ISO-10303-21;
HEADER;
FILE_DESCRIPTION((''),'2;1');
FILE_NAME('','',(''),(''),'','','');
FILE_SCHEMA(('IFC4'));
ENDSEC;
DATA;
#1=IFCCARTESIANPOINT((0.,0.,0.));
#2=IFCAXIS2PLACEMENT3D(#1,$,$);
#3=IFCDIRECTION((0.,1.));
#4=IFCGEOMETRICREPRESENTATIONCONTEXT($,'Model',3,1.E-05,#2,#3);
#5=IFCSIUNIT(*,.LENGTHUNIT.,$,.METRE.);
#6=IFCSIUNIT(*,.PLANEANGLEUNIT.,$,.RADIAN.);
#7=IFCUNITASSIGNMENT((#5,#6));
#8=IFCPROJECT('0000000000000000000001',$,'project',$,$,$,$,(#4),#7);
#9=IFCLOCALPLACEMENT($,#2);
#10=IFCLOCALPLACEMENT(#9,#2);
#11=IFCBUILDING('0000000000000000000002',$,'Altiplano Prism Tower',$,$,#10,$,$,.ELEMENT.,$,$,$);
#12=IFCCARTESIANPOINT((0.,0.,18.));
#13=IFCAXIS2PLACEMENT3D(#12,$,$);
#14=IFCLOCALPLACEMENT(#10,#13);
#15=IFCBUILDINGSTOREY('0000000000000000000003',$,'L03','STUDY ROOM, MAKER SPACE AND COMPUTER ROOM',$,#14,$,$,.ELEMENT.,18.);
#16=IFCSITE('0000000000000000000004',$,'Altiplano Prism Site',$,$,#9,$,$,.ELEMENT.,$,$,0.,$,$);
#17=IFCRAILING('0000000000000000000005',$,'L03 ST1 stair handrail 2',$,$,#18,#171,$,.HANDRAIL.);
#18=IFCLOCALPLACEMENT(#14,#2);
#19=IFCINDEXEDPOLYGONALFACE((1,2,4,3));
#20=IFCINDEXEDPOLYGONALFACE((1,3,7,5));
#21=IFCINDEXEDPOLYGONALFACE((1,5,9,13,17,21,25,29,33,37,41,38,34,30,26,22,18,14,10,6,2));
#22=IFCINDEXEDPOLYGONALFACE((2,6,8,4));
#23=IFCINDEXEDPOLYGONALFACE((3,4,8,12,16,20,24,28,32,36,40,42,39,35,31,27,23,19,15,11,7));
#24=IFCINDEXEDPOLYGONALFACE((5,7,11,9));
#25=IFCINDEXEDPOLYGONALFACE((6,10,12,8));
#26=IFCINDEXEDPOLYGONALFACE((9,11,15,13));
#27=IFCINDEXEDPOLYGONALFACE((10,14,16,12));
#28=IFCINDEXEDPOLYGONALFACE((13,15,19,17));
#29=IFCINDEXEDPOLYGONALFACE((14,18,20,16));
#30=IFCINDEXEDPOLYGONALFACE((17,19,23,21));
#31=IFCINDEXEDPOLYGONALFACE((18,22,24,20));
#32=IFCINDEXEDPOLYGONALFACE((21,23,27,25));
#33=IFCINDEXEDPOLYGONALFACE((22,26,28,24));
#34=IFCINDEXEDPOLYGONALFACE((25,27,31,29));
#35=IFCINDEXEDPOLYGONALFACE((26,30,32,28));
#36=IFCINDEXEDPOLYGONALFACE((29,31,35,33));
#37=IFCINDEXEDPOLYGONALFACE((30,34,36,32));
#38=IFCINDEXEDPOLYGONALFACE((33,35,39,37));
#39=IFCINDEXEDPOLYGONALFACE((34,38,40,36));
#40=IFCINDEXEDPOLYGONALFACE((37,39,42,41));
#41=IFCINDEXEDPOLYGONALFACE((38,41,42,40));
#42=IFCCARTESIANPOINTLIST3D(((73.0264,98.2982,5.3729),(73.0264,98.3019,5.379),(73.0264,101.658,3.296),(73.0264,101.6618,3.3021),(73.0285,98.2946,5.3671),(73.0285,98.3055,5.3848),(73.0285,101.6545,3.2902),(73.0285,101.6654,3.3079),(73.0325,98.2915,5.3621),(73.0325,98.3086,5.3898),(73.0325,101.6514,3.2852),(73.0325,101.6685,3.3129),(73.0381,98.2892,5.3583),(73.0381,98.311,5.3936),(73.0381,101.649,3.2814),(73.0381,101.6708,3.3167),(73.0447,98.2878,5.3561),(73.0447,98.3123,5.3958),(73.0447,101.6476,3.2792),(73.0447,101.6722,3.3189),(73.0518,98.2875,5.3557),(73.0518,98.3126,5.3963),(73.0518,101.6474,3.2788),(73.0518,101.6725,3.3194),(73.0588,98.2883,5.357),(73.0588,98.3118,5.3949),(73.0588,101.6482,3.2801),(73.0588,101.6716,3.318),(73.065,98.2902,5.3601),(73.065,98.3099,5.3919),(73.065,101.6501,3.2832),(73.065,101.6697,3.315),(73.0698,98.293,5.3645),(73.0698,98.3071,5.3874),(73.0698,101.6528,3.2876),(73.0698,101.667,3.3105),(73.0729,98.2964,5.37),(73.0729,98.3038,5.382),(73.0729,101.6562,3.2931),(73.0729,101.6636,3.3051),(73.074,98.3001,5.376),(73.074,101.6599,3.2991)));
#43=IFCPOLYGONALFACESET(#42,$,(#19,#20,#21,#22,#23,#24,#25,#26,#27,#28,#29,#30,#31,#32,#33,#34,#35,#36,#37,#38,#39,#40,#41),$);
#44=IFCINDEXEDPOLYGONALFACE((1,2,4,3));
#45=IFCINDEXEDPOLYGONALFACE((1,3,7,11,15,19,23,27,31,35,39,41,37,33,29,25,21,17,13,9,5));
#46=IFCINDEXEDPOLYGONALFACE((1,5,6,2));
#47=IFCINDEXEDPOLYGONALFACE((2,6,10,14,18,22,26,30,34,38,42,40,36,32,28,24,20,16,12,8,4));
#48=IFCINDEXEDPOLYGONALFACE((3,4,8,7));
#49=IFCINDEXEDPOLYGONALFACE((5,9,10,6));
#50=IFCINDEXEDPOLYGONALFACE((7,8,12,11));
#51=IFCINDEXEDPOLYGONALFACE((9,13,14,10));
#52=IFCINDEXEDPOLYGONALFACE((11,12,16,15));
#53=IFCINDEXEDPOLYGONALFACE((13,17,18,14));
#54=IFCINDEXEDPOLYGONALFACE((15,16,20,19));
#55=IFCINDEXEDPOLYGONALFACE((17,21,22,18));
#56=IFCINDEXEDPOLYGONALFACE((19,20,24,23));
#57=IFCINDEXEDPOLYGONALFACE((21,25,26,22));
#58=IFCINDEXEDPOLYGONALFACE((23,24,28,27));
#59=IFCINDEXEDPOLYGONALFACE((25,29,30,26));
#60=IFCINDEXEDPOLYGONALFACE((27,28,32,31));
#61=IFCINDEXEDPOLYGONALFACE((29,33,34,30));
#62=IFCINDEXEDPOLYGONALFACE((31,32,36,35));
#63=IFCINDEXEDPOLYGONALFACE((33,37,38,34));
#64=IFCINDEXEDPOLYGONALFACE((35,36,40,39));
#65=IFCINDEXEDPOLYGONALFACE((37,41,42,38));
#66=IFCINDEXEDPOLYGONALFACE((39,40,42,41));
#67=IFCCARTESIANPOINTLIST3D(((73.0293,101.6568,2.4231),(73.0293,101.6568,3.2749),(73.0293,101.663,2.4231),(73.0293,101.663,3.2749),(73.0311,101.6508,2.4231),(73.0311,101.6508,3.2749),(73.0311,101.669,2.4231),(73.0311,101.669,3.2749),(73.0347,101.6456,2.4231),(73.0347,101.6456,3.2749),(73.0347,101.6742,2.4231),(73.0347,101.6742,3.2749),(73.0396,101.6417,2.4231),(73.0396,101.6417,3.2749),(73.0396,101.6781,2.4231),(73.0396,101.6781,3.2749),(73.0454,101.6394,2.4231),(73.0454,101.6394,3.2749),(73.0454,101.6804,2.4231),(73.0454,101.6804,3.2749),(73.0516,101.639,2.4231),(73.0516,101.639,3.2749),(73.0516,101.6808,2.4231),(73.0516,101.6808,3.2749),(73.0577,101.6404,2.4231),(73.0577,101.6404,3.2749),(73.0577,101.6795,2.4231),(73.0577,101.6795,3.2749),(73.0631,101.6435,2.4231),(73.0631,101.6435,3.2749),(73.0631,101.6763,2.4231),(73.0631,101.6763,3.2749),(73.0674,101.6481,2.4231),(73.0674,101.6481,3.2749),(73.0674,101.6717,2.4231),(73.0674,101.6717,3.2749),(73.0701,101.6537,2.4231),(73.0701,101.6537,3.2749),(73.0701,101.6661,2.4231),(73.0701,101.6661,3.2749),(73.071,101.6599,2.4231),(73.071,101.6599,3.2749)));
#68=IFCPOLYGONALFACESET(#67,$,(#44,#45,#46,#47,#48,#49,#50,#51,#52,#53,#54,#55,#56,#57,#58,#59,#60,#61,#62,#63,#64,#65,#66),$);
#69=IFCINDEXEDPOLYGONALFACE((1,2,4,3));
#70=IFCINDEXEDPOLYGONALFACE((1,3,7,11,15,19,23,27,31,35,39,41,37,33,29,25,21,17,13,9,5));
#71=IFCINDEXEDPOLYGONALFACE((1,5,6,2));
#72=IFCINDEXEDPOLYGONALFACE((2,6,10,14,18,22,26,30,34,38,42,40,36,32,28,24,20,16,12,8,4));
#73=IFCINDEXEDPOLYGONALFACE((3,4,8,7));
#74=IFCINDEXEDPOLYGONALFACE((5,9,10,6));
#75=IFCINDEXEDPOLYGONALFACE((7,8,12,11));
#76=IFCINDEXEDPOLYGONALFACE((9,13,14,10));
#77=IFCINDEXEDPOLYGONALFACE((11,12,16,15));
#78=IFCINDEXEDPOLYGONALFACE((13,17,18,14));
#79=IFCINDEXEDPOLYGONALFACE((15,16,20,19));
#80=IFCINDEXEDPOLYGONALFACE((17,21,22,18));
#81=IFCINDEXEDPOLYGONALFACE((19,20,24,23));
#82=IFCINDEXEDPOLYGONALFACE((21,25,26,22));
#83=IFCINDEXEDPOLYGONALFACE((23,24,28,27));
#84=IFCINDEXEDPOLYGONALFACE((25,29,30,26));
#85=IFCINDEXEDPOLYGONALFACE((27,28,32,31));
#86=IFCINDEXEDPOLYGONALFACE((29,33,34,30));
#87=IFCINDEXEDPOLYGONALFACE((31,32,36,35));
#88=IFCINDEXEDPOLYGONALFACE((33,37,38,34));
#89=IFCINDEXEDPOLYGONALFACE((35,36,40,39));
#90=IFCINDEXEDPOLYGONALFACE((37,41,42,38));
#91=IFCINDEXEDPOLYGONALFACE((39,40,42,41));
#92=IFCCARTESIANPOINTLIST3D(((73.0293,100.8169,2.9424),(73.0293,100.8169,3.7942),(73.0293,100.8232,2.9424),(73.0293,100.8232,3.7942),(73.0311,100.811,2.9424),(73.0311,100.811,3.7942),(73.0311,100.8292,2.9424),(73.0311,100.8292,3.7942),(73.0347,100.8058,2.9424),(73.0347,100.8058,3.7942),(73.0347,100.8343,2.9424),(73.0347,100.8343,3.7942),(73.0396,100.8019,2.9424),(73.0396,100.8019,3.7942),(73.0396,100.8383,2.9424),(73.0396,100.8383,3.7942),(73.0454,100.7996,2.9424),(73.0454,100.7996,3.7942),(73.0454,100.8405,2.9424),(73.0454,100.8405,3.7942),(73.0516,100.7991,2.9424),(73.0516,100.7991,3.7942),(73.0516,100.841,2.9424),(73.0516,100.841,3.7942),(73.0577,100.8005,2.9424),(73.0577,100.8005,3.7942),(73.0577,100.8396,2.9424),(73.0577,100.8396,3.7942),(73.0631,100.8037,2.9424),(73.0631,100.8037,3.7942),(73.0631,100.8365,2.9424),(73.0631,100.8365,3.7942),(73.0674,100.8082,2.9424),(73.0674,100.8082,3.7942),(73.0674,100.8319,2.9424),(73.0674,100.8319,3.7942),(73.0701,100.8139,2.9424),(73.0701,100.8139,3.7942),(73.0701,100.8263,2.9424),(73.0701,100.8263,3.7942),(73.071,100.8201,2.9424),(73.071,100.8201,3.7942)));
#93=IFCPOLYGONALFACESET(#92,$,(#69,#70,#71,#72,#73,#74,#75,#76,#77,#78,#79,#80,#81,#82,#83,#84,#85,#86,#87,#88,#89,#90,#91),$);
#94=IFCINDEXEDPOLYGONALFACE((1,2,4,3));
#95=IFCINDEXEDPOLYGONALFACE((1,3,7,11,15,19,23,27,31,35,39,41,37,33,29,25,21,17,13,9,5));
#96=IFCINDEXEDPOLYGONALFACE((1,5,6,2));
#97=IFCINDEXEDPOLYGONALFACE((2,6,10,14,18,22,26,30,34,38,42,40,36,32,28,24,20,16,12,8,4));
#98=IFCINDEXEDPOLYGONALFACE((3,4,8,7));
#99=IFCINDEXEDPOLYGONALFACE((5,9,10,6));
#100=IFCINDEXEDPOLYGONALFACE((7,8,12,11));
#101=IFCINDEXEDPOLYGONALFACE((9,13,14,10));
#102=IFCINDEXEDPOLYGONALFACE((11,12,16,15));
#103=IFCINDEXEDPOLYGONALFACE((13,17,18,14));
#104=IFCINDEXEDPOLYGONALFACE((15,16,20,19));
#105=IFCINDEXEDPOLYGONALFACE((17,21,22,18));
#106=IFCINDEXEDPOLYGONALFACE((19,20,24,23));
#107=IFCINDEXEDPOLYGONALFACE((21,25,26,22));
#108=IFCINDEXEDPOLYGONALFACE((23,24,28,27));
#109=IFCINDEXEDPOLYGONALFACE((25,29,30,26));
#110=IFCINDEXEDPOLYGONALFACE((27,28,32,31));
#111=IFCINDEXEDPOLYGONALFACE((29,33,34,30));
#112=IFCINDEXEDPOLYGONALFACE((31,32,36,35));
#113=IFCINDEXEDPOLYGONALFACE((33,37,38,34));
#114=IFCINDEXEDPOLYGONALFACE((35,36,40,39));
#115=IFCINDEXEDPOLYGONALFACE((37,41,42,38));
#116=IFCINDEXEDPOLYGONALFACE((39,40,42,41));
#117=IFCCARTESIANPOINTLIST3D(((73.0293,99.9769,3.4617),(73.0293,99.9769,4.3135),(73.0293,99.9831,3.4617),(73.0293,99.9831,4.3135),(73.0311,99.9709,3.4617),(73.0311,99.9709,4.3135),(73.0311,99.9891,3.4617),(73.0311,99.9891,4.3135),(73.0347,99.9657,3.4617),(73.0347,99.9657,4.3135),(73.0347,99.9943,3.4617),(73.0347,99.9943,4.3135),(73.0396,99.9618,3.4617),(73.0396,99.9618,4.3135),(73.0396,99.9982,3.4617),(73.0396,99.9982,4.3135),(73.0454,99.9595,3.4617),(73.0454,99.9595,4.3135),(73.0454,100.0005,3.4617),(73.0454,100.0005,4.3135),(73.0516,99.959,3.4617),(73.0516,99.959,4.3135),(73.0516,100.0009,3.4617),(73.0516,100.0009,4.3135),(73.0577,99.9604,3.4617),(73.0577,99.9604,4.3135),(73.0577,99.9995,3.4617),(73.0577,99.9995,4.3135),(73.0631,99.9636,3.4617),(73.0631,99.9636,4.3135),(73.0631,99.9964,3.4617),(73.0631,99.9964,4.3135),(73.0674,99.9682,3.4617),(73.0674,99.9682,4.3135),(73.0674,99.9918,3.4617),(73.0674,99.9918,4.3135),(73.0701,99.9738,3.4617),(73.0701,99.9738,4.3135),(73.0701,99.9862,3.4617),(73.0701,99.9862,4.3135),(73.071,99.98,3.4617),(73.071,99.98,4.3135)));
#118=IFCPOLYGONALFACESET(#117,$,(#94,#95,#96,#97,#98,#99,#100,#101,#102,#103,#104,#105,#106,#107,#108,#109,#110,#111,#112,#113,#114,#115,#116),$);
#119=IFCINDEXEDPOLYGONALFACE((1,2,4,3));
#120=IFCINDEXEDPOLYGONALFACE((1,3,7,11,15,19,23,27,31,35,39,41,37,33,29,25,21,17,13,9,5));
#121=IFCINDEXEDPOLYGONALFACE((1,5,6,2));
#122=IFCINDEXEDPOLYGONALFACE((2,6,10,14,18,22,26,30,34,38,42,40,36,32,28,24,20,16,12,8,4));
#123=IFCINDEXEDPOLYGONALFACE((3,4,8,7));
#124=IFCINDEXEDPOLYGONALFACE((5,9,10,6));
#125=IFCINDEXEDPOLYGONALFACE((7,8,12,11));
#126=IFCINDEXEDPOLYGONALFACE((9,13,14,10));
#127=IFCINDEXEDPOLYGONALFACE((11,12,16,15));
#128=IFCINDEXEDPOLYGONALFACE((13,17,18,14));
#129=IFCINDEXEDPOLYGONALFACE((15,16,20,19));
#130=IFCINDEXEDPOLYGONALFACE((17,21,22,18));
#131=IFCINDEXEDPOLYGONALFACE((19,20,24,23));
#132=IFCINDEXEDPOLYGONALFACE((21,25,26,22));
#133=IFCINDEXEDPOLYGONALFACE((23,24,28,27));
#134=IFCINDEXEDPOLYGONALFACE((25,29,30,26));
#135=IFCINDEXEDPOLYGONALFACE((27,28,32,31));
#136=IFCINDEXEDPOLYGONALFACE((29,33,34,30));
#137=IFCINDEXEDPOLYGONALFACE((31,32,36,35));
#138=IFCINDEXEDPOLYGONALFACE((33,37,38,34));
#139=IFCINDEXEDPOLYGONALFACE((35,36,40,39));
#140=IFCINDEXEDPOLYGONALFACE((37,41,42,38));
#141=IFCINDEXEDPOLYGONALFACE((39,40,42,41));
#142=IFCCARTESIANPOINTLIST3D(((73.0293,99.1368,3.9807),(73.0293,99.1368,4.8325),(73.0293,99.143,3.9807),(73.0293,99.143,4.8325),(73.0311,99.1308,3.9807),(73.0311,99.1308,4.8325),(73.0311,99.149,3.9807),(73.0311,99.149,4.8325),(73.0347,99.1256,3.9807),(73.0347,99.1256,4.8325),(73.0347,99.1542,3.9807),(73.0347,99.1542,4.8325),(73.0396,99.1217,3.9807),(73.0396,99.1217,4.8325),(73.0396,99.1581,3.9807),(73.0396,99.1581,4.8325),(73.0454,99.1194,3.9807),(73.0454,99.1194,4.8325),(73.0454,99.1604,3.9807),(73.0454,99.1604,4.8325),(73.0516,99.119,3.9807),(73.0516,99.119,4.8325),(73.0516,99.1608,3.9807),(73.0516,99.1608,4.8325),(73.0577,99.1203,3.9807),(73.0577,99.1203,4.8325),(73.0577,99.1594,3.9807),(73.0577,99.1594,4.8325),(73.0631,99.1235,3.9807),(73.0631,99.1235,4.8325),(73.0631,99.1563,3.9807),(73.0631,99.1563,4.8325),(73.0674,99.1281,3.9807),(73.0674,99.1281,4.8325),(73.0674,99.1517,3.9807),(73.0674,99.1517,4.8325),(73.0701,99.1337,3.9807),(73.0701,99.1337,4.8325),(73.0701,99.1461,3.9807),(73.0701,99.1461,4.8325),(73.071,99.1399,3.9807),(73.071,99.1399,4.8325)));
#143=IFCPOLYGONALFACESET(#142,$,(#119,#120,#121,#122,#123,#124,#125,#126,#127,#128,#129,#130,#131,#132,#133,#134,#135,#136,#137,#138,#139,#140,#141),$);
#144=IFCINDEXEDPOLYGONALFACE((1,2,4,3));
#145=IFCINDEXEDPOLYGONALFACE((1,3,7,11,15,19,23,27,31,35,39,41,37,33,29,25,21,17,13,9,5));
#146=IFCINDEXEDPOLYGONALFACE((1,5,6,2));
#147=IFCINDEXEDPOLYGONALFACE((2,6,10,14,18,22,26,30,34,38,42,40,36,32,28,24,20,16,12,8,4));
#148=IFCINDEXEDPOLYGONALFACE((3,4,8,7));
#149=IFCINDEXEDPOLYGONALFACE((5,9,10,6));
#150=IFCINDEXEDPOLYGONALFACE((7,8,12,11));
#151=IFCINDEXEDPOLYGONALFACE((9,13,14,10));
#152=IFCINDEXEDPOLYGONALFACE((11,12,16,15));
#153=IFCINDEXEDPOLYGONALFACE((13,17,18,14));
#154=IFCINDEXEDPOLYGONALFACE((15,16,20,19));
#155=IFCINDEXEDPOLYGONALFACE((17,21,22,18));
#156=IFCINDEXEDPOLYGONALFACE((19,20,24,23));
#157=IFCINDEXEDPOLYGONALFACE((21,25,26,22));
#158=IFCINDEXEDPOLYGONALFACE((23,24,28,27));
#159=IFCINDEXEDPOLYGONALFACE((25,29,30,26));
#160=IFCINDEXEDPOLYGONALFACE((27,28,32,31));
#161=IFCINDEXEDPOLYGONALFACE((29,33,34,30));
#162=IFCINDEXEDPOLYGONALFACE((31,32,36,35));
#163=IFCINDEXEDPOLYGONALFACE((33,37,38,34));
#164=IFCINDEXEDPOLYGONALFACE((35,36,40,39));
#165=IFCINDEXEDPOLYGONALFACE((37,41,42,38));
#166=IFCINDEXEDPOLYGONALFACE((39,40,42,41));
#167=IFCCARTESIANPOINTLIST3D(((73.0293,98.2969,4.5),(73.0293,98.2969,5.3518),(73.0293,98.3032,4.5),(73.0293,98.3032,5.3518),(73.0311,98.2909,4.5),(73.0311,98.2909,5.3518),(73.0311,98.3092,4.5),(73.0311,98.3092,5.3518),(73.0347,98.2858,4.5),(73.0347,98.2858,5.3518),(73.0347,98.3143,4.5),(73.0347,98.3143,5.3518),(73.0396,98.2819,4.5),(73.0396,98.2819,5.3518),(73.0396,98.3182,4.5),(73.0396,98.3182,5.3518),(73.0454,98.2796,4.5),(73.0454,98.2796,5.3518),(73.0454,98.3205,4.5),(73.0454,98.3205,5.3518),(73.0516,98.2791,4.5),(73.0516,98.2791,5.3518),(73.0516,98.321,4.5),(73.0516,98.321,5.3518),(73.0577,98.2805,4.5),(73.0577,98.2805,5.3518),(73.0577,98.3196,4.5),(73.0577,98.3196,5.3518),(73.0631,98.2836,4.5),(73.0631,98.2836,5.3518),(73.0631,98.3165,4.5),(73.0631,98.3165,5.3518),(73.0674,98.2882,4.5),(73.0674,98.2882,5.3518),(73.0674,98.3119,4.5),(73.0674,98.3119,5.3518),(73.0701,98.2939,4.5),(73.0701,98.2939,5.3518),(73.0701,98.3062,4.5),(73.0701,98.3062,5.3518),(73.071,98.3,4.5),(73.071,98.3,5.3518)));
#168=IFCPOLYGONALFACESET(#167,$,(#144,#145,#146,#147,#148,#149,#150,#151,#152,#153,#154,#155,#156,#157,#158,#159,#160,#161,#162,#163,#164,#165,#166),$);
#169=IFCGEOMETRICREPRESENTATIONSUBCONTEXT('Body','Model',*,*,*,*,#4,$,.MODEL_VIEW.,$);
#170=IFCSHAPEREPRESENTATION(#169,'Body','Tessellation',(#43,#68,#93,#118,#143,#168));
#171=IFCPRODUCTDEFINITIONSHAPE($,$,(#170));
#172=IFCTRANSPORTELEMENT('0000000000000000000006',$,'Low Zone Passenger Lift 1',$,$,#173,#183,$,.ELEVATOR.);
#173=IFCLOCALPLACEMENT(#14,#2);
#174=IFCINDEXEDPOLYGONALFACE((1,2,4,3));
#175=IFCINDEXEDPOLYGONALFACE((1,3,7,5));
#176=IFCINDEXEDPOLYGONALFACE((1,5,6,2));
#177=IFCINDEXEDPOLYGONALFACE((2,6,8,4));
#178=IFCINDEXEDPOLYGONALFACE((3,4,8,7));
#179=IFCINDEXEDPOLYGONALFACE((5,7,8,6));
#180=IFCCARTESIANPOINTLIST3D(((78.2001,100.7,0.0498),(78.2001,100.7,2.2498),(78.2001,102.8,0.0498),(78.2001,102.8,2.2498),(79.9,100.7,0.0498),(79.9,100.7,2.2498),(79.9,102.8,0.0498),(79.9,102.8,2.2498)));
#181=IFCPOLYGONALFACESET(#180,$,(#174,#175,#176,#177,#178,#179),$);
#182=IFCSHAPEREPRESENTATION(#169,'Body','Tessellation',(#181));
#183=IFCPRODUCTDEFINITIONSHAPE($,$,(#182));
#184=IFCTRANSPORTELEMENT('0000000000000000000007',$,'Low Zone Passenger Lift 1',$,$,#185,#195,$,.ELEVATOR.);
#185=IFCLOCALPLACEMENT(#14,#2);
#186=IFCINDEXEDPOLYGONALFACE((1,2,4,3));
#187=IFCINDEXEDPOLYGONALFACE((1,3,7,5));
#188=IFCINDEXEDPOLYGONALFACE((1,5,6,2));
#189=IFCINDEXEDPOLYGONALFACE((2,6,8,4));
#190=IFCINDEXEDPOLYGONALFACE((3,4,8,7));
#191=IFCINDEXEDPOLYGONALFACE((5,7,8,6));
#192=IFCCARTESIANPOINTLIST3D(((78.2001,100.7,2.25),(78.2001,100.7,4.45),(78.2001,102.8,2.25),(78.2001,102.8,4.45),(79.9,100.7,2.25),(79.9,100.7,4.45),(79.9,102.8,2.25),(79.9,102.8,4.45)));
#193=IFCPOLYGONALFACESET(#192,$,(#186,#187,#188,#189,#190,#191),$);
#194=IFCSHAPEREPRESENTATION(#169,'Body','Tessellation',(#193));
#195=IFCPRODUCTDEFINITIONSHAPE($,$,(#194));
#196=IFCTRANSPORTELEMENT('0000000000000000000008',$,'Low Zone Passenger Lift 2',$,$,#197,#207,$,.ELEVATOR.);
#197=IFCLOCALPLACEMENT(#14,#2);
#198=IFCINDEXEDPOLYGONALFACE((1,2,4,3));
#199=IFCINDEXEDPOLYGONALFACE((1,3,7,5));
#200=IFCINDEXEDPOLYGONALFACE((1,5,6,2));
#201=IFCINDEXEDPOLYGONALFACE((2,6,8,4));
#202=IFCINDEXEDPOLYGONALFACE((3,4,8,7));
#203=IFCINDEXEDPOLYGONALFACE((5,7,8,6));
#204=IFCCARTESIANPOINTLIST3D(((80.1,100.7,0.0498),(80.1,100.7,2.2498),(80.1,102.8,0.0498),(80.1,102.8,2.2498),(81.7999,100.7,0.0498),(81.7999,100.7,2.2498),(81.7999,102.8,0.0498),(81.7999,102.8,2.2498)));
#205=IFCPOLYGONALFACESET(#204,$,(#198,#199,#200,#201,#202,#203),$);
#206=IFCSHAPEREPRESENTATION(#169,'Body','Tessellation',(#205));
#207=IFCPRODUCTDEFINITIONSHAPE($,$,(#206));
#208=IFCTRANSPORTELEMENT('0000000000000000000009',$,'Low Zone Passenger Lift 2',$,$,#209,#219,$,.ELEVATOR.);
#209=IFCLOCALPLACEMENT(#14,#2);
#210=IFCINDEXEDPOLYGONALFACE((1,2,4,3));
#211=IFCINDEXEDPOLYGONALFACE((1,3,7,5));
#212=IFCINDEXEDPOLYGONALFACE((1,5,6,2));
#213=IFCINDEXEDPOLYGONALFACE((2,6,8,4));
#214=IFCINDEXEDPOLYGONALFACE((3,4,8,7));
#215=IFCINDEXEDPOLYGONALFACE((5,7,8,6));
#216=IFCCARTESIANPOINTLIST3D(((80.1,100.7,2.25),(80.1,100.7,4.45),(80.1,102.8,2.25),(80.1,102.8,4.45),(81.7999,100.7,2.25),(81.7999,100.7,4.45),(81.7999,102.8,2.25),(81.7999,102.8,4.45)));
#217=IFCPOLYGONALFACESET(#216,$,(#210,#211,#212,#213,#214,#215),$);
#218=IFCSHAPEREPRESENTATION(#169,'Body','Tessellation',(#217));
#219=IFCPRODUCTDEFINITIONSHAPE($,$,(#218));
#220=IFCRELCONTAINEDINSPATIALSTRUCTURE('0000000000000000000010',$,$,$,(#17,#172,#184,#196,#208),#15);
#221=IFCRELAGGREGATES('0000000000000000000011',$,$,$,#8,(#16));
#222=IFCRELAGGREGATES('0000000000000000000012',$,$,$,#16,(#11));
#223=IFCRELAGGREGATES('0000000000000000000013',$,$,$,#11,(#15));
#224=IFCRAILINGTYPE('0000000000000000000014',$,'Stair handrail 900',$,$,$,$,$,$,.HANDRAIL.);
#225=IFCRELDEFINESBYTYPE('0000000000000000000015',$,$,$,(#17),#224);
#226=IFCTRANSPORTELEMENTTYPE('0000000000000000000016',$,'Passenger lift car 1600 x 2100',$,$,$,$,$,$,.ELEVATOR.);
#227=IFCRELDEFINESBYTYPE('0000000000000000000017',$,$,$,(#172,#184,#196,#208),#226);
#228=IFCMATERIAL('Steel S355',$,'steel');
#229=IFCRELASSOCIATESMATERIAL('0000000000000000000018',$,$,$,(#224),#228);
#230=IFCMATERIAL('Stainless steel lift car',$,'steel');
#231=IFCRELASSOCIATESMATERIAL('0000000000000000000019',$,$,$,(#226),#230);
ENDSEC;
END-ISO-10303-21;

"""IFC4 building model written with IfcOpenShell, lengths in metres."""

from ifc_helpers import new_model, si_unit, direction, frame, origin, origin_2d, place, context, subcontext, project, spatial, rectangle, circle, extrude, material, type_object, element, save


model = new_model("IFC4")

# Units and contexts
model_context = context("Model", 3, precision=1e-05, world=origin(), true_north=direction((0.0, 1.0)))
body_context = subcontext(model_context, "Body", "Model", "MODEL_VIEW")
ifc_project = project(units=[si_unit("LENGTHUNIT", "METRE"), si_unit("PLANEANGLEUNIT", "RADIAN")], contexts=[model_context])

# Site, building, storey
site_placement = place(None, origin())
site = spatial("IfcSite", under=ifc_project, at=site_placement, Name="Altiplano Prism Site", CompositionType="ELEMENT", RefElevation=0.0)
building_placement = place(site_placement, origin())
building = spatial("IfcBuilding", under=site, at=building_placement, Name="Altiplano Prism Tower", CompositionType="ELEMENT")
storey_placement = place(building_placement, frame((0.0, 0.0, 18.0)))
storey = spatial("IfcBuildingStorey", under=building, at=storey_placement, Name="L03", Description="STUDY ROOM, MAKER SPACE AND COMPUTER ROOM", CompositionType="ELEMENT", Elevation=18.0)

# Railing
ifc_material_1 = material(Name="Steel S355", Category="steel")
railing_type = type_object("IfcRailingType", Name="Stair handrail 900", PredefinedType="HANDRAIL", material=ifc_material_1)
railing_1_placement = place(storey_placement, frame((73.05, 101.6599, 2.4231)))
element("IfcRailing", 1, at=railing_1_placement, inside=storey, type_object=railing_type, Name="L03 ST1 stair handrail 2", PredefinedType="HANDRAIL", context=body_context, shape_type="SweptSolid", body=[
    extrude(circle(Radius=0.0239, at=origin_2d()), frame((0.0, 0.0, 0.876), z_axis=(0.0, -0.850606, 0.525803), x_axis=(1.0, 0.0, 0.0)), (0.0, 0.0, 1.0), 3.95),
    extrude(circle(Radius=0.021, at=origin_2d()), origin(), (0.0, 0.0, 1.0), 0.8518),
    extrude(circle(Radius=0.021, at=origin_2d()), frame((0.0, -0.8398, 0.5193)), (0.0, 0.0, 1.0), 0.8518),
    extrude(circle(Radius=0.021, at=origin_2d()), frame((0.0, -1.6799, 1.0386)), (0.0, 0.0, 1.0), 0.8518),
    extrude(circle(Radius=0.021, at=origin_2d()), frame((0.0, -2.52, 1.5576)), (0.0, 0.0, 1.0), 0.8518),
    extrude(circle(Radius=0.021, at=origin_2d()), frame((0.0, -3.3599, 2.0769)), (0.0, 0.0, 1.0), 0.8518),
])

# Transport elements
ifc_material_2 = material(Name="Stainless steel lift car", Category="steel")
transport_element_type = type_object("IfcTransportElementType", Name="Passenger lift car 1600 x 2100", PredefinedType="ELEVATOR", material=ifc_material_2)
for number, where, z_axis, x_axis, name in (
    (2, (79.05, 101.75, 0.0498), (0.0, 0.0, 1.0), (1.0, 0.0, 0.0), "Low Zone Passenger Lift 1"),
    (3, (79.05, 101.75, 2.25), (0.0, 0.0, 1.0), (1.0, 0.0, 0.0), "Low Zone Passenger Lift 1"),
    (4, (80.95, 101.75, 0.0498), (0.0, 0.0, 1.0), (1.0, 0.0, 0.0), "Low Zone Passenger Lift 2"),
    (5, (80.95, 101.75, 2.25), (0.0, 0.0, 1.0), (1.0, 0.0, 0.0), "Low Zone Passenger Lift 2"),
):
    element("IfcTransportElement", number, at=place(storey_placement, frame(where, z_axis=z_axis, x_axis=x_axis)), inside=storey, type_object=transport_element_type, Name=name, PredefinedType="ELEVATOR", context=body_context, shape_type="SweptSolid", body=[
        extrude(rectangle(XDim=1.7, YDim=2.1001, at=origin_2d()), origin(), (0.0, 0.0, 1.0), 2.2),
    ])

save(model, "model.ifc")
